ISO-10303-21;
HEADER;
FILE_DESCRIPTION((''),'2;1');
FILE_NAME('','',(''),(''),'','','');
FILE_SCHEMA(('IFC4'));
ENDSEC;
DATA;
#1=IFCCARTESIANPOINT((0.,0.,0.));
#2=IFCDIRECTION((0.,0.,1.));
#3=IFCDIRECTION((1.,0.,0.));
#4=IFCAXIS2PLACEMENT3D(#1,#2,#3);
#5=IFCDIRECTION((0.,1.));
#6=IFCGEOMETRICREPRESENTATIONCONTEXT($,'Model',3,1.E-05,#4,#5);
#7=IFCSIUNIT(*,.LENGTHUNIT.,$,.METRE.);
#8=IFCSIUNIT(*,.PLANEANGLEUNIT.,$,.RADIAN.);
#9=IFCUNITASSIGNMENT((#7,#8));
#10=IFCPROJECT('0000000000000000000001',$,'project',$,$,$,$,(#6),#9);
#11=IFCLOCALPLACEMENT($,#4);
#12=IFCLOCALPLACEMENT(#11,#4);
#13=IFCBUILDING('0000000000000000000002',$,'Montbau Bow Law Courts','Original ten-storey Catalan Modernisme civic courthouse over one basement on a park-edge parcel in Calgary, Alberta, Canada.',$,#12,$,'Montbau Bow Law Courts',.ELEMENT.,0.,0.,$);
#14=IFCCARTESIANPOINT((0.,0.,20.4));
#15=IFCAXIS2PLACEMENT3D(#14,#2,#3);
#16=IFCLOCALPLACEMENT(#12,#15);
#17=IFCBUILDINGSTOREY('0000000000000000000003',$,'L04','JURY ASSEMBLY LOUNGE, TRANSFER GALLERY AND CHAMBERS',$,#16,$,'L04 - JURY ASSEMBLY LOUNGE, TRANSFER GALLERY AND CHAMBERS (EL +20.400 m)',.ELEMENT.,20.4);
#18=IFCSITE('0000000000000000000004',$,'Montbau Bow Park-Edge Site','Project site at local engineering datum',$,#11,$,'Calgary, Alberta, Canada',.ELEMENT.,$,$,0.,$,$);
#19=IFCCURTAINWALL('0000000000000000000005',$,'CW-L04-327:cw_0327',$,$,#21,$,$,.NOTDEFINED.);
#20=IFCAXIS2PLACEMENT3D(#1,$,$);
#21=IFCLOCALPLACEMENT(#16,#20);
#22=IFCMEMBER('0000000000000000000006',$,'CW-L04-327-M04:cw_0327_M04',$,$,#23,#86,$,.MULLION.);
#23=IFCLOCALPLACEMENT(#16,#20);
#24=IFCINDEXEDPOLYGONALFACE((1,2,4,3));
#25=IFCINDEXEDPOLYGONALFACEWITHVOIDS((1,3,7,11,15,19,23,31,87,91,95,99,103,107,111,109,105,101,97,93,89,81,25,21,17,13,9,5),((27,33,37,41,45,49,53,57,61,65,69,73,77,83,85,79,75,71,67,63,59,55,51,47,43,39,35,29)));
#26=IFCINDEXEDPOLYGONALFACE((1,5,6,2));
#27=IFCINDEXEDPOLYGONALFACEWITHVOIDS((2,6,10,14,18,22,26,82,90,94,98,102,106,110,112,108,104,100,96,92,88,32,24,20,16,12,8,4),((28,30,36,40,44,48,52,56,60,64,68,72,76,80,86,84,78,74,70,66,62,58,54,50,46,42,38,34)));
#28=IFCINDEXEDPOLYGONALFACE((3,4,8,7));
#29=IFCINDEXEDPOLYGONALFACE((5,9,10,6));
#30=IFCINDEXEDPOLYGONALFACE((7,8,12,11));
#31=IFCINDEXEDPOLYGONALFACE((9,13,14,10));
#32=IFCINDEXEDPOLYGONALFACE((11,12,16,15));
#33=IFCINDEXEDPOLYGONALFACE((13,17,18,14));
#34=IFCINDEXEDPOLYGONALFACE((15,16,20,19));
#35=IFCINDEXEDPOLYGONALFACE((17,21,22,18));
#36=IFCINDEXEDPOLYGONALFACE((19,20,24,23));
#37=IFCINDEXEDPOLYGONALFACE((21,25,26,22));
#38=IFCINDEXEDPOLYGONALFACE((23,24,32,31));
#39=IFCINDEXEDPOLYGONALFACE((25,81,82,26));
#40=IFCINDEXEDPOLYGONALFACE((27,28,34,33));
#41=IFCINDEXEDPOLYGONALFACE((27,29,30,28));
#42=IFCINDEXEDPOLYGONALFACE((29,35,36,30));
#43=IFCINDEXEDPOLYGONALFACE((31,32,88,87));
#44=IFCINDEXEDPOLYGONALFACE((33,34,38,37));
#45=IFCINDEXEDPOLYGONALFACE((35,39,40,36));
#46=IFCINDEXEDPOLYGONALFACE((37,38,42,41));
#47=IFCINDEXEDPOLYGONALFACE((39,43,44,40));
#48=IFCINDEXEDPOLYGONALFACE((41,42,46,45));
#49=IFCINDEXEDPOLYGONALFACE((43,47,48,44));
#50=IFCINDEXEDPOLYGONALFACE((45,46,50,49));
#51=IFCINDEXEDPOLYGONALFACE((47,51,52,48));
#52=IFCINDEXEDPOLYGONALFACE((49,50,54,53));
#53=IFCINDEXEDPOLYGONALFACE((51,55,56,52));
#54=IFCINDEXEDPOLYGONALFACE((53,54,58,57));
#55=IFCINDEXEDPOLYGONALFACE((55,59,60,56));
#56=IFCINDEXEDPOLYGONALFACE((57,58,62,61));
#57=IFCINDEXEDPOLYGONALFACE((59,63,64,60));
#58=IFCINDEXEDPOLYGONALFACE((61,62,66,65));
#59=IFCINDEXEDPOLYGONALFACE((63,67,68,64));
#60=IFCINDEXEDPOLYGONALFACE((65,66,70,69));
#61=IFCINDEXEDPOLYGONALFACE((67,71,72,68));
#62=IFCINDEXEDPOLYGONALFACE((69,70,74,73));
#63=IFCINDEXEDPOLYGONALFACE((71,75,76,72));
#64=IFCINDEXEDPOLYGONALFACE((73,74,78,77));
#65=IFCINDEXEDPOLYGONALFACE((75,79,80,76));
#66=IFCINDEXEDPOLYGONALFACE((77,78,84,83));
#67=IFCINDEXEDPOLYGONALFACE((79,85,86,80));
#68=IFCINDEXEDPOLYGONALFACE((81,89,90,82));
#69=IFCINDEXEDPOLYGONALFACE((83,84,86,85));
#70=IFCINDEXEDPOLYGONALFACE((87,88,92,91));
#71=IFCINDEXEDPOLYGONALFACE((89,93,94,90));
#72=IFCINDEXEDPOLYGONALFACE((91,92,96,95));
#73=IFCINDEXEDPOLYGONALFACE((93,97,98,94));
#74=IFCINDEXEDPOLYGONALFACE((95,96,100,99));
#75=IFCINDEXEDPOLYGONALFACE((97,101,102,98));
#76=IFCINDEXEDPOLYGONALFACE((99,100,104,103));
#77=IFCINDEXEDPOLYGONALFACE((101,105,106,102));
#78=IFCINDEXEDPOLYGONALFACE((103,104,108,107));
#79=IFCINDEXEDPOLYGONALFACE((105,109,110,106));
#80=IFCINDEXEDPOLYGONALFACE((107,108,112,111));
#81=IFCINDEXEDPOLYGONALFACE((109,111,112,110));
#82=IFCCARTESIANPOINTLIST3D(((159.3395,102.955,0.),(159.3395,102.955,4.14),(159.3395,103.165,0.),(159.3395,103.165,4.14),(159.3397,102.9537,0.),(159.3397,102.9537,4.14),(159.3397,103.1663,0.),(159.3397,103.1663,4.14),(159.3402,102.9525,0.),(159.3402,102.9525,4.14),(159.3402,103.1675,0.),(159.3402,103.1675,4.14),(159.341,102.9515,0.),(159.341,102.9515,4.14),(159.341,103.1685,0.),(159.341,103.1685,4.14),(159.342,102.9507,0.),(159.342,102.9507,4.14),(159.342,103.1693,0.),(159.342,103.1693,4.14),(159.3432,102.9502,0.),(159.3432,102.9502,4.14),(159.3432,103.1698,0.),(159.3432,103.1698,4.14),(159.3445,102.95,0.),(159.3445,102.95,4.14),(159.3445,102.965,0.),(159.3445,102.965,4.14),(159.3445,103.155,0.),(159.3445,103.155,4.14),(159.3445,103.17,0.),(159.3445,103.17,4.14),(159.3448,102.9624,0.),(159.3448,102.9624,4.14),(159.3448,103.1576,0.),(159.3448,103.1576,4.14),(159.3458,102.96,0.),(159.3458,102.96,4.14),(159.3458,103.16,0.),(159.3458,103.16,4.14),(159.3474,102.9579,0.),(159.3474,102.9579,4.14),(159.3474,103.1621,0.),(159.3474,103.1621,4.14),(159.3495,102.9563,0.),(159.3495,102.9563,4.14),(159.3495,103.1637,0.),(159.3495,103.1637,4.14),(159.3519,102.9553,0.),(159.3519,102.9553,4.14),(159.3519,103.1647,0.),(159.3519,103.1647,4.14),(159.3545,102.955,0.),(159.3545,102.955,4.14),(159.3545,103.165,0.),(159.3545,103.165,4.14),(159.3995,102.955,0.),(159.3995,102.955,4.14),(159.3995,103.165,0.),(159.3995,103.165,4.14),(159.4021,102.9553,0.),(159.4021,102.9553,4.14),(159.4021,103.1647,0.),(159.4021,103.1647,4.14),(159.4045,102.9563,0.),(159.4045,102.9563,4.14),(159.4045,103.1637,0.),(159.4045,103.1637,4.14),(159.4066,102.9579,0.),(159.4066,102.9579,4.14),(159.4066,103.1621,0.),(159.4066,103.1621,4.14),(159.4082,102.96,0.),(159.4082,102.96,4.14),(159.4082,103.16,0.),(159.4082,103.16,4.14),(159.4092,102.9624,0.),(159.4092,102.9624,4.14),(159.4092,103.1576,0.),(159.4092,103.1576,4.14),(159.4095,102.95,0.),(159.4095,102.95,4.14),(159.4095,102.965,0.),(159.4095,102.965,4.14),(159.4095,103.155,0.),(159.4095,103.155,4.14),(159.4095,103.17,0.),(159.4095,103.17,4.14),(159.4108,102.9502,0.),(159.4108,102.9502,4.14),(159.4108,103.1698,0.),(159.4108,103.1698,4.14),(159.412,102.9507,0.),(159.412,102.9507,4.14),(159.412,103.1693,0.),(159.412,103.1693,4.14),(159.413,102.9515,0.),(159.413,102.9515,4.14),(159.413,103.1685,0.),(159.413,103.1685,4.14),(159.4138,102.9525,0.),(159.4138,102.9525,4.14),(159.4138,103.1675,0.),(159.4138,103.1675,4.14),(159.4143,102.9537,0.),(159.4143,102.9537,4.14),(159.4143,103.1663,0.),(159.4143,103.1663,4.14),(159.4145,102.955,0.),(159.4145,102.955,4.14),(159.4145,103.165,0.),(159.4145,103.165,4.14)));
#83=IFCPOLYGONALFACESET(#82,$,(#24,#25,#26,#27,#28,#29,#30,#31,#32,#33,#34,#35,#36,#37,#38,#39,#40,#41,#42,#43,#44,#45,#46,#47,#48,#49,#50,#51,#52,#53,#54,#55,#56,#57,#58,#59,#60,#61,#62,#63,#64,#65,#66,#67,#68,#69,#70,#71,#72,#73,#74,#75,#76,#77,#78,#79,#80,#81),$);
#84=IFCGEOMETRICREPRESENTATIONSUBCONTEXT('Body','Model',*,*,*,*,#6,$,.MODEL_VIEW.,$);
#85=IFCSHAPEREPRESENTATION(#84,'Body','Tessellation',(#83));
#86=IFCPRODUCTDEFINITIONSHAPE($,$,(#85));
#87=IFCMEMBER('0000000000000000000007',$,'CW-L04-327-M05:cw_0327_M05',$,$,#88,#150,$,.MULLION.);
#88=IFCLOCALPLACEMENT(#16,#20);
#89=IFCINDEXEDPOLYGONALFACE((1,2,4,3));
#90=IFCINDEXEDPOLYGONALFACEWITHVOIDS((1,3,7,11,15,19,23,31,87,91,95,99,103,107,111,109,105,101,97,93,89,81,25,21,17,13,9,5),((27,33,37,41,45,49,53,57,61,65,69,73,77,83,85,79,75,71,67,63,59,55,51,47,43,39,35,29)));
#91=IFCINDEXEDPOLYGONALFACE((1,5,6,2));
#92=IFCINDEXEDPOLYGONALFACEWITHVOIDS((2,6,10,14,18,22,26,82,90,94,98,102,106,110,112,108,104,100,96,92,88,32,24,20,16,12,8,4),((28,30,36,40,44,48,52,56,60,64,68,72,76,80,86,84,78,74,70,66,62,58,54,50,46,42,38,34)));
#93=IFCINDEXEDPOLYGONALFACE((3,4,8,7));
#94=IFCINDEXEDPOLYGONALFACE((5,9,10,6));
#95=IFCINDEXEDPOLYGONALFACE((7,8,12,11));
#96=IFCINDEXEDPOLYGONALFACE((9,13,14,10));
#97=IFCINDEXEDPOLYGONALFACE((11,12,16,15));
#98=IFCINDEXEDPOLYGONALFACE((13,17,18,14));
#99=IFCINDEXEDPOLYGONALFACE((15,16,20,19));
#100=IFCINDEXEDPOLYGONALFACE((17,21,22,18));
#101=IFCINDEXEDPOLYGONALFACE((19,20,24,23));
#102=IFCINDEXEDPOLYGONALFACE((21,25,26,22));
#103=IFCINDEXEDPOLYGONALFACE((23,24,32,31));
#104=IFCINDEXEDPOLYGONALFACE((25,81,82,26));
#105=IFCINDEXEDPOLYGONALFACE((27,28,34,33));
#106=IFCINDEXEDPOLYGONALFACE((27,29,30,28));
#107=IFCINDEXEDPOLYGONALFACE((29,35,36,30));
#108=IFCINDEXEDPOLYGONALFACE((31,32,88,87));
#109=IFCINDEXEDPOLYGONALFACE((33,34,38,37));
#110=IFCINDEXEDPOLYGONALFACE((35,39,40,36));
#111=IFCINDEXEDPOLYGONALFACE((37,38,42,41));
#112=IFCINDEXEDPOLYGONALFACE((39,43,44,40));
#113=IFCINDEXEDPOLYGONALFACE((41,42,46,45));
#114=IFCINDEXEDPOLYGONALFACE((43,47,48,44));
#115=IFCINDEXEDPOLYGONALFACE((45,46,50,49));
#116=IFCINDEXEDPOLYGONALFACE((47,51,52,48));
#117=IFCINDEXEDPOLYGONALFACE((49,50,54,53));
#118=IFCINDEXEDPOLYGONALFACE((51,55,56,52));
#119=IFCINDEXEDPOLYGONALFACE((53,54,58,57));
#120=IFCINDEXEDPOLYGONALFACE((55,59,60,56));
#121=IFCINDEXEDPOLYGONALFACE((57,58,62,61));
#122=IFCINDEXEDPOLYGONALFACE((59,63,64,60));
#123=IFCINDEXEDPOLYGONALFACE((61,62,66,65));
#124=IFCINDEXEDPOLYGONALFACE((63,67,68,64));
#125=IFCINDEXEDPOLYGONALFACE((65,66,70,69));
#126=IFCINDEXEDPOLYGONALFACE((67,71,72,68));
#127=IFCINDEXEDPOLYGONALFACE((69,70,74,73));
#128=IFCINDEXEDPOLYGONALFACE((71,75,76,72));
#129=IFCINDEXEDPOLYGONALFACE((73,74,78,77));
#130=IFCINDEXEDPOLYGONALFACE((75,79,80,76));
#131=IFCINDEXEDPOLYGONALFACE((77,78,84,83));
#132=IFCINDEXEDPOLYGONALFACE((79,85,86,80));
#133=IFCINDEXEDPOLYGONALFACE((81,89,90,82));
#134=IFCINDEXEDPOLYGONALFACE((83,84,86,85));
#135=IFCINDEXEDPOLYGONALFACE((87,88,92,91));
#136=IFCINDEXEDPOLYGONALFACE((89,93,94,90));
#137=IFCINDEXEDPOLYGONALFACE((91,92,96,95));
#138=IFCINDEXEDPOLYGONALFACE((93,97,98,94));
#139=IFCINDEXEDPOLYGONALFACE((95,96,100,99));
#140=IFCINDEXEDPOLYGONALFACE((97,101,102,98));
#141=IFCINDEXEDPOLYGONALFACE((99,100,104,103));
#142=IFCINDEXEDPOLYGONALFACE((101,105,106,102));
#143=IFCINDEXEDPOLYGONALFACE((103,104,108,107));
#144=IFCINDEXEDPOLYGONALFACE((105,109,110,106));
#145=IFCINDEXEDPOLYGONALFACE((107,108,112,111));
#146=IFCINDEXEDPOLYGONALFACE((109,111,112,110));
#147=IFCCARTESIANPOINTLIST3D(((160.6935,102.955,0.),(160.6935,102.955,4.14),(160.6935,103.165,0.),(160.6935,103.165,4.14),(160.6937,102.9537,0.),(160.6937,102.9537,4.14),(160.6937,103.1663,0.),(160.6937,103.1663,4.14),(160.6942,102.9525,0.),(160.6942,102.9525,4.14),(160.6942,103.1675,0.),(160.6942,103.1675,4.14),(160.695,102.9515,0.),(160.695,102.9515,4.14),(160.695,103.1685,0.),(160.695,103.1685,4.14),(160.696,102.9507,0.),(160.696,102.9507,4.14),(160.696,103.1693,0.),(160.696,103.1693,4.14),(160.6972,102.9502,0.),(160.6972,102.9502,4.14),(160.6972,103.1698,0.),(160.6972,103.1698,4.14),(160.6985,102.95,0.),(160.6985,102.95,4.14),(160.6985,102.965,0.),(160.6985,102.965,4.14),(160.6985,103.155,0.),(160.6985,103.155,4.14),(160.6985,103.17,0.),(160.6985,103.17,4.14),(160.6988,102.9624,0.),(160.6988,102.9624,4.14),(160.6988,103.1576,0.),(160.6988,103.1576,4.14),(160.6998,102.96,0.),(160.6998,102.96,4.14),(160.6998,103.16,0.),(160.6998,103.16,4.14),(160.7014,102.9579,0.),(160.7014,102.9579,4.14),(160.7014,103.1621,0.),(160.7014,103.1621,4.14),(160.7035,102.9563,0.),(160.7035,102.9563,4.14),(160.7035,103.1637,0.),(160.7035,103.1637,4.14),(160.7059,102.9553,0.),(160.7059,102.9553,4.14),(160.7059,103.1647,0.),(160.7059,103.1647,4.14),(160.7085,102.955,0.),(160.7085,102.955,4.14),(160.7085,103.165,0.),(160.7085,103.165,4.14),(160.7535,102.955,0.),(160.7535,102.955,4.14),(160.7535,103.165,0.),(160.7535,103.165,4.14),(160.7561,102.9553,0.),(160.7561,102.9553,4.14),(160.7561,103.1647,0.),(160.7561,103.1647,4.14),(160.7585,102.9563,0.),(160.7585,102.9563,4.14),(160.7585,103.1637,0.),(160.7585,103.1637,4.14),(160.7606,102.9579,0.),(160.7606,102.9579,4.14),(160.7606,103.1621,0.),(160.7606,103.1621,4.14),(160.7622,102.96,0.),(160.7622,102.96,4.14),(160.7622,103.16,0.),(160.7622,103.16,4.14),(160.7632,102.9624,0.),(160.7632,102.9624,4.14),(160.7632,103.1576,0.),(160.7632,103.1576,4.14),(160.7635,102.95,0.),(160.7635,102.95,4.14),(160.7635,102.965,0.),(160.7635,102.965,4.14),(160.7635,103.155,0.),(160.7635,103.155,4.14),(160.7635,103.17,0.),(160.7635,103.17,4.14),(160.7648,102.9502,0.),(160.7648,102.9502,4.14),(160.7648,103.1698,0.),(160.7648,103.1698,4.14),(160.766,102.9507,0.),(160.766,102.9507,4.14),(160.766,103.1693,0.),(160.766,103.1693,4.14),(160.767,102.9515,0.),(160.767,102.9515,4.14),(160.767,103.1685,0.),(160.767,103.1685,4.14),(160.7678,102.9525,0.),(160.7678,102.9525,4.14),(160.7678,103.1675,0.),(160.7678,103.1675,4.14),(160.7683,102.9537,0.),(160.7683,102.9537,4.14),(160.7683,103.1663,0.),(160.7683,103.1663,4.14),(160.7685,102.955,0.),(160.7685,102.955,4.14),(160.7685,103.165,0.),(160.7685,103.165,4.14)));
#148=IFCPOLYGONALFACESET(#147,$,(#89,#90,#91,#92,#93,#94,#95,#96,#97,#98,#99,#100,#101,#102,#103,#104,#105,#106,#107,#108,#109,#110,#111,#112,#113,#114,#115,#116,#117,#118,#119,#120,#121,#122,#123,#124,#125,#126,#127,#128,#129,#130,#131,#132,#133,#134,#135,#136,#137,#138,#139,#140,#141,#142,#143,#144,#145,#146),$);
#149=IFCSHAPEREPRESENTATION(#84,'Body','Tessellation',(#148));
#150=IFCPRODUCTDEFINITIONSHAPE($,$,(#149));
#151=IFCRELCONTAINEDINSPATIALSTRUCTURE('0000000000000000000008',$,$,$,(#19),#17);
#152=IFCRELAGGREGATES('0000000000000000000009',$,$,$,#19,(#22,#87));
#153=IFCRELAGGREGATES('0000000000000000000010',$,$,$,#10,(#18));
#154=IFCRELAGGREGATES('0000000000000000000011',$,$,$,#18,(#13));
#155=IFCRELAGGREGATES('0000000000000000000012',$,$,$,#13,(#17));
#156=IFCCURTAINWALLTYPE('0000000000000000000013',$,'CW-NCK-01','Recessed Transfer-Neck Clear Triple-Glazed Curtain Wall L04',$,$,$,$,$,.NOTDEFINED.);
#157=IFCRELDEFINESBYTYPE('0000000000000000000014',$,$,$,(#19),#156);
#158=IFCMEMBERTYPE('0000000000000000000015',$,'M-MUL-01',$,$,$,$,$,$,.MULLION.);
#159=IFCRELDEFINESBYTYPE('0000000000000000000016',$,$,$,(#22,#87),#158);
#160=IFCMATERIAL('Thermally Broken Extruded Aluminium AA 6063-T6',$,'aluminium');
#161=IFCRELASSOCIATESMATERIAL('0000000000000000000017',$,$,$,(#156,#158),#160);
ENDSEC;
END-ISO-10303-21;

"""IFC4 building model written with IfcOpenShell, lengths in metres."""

from ifc_helpers import new_model, si_unit, direction, frame, origin_with_axes, origin_2d_with_axis, place, context, subcontext, project, spatial, hollow_rectangle, extrude, material, material_profile, profile_set, type_object, element, aggregate, save


model = new_model("IFC4")

# Units and contexts
model_context = context("Model", 3, precision=1e-05, world=origin_with_axes(), true_north=direction((0.0, 1.0)))
body_context = subcontext(model_context, "Body", "Model", "MODEL_VIEW")
ifc_project = project(units=[si_unit("LENGTHUNIT", "METRE"), si_unit("PLANEANGLEUNIT", "RADIAN")], contexts=[model_context])

# Site, building, storey
site_placement = place(None, origin_with_axes())
site = spatial("IfcSite", under=ifc_project, at=site_placement, Name="Montbau Bow Park-Edge Site", Description="Project site at local engineering datum", LongName="Calgary, Alberta, Canada", CompositionType="ELEMENT", RefElevation=0.0)
building_placement = place(site_placement, origin_with_axes())
building = spatial("IfcBuilding", under=site, at=building_placement, Name="Montbau Bow Law Courts", Description="Original ten-storey Catalan Modernisme civic courthouse over one basement on a park-edge parcel in Calgary, Alberta, Canada.", LongName="Montbau Bow Law Courts", CompositionType="ELEMENT", ElevationOfRefHeight=0.0, ElevationOfTerrain=0.0)
storey_placement = place(building_placement, frame((0.0, 0.0, 20.4), z_axis=(0.0, 0.0, 1.0), x_axis=(1.0, 0.0, 0.0)))
storey = spatial("IfcBuildingStorey", under=building, at=storey_placement, Name="L04", Description="JURY ASSEMBLY LOUNGE, TRANSFER GALLERY AND CHAMBERS", LongName="L04 - JURY ASSEMBLY LOUNGE, TRANSFER GALLERY AND CHAMBERS (EL +20.400 m)", CompositionType="ELEMENT", Elevation=20.4)

# Curtain wall, members
ifc_material_1 = material(Name="Thermally Broken Extruded Aluminium AA 6063-T6", Category="aluminium")
curtain_wall_type = type_object("IfcCurtainWallType", Name="CW-NCK-01", Description="Recessed Transfer-Neck Clear Triple-Glazed Curtain Wall L04", PredefinedType="NOTDEFINED", material=ifc_material_1)
curtain_wall_1_placement = place(None, frame((155.315, 103.06, 20.4), z_axis=(0.0, 0.0, 1.0), x_axis=(1.0, 0.0, 0.0)))
curtain_wall_1 = element("IfcCurtainWall", 1, at=curtain_wall_1_placement, inside=storey, type_object=curtain_wall_type, Name="CW-L04-327:cw_0327", PredefinedType="NOTDEFINED")
ifc_material_profile_1 = material_profile(ifc_material_1, hollow_rectangle(XDim=0.075, YDim=0.22, WallThickness=0.005, InnerFilletRadius=0.01, OuterFilletRadius=0.005, at=origin_2d_with_axis()), Name="CWM-220X75", Category="Main", Priority=0)
ifc_profile_set_1 = profile_set([ifc_material_profile_1], Name="Thermally Broken Extruded Aluminium AA 6063-T6")
member_type_1 = type_object("IfcMemberType", Name="M-MUL-01", PredefinedType="MULLION", material=ifc_profile_set_1)
member_1_placement = place(None, frame((159.377, 103.06, 20.4), z_axis=(0.0, 0.0, 1.0), x_axis=(1.0, 0.0, 0.0)))
member_1 = element("IfcMember", 2, at=member_1_placement, type_object=member_type_1, Name="CW-L04-327-M04:cw_0327_M04", PredefinedType="MULLION", context=body_context, shape_type="SweptSolid", body=[
    extrude(hollow_rectangle(XDim=0.075, YDim=0.22, WallThickness=0.005, InnerFilletRadius=0.01, OuterFilletRadius=0.005, at=origin_2d_with_axis()), origin_with_axes(), (0.0, 0.0, 1.0), 4.14),
])
member_2_placement = place(None, frame((160.731, 103.06, 20.4), z_axis=(0.0, 0.0, 1.0), x_axis=(1.0, 0.0, 0.0)))
member_2 = element("IfcMember", 3, at=member_2_placement, type_object=member_type_1, Name="CW-L04-327-M05:cw_0327_M05", PredefinedType="MULLION", context=body_context, shape_type="SweptSolid", body=[
    extrude(hollow_rectangle(XDim=0.075, YDim=0.22, WallThickness=0.005, InnerFilletRadius=0.01, OuterFilletRadius=0.005, at=origin_2d_with_axis()), origin_with_axes(), (0.0, 0.0, 1.0), 4.14),
])

aggregate(curtain_wall_1, [member_1, member_2])

save(model, "model.ifc")
